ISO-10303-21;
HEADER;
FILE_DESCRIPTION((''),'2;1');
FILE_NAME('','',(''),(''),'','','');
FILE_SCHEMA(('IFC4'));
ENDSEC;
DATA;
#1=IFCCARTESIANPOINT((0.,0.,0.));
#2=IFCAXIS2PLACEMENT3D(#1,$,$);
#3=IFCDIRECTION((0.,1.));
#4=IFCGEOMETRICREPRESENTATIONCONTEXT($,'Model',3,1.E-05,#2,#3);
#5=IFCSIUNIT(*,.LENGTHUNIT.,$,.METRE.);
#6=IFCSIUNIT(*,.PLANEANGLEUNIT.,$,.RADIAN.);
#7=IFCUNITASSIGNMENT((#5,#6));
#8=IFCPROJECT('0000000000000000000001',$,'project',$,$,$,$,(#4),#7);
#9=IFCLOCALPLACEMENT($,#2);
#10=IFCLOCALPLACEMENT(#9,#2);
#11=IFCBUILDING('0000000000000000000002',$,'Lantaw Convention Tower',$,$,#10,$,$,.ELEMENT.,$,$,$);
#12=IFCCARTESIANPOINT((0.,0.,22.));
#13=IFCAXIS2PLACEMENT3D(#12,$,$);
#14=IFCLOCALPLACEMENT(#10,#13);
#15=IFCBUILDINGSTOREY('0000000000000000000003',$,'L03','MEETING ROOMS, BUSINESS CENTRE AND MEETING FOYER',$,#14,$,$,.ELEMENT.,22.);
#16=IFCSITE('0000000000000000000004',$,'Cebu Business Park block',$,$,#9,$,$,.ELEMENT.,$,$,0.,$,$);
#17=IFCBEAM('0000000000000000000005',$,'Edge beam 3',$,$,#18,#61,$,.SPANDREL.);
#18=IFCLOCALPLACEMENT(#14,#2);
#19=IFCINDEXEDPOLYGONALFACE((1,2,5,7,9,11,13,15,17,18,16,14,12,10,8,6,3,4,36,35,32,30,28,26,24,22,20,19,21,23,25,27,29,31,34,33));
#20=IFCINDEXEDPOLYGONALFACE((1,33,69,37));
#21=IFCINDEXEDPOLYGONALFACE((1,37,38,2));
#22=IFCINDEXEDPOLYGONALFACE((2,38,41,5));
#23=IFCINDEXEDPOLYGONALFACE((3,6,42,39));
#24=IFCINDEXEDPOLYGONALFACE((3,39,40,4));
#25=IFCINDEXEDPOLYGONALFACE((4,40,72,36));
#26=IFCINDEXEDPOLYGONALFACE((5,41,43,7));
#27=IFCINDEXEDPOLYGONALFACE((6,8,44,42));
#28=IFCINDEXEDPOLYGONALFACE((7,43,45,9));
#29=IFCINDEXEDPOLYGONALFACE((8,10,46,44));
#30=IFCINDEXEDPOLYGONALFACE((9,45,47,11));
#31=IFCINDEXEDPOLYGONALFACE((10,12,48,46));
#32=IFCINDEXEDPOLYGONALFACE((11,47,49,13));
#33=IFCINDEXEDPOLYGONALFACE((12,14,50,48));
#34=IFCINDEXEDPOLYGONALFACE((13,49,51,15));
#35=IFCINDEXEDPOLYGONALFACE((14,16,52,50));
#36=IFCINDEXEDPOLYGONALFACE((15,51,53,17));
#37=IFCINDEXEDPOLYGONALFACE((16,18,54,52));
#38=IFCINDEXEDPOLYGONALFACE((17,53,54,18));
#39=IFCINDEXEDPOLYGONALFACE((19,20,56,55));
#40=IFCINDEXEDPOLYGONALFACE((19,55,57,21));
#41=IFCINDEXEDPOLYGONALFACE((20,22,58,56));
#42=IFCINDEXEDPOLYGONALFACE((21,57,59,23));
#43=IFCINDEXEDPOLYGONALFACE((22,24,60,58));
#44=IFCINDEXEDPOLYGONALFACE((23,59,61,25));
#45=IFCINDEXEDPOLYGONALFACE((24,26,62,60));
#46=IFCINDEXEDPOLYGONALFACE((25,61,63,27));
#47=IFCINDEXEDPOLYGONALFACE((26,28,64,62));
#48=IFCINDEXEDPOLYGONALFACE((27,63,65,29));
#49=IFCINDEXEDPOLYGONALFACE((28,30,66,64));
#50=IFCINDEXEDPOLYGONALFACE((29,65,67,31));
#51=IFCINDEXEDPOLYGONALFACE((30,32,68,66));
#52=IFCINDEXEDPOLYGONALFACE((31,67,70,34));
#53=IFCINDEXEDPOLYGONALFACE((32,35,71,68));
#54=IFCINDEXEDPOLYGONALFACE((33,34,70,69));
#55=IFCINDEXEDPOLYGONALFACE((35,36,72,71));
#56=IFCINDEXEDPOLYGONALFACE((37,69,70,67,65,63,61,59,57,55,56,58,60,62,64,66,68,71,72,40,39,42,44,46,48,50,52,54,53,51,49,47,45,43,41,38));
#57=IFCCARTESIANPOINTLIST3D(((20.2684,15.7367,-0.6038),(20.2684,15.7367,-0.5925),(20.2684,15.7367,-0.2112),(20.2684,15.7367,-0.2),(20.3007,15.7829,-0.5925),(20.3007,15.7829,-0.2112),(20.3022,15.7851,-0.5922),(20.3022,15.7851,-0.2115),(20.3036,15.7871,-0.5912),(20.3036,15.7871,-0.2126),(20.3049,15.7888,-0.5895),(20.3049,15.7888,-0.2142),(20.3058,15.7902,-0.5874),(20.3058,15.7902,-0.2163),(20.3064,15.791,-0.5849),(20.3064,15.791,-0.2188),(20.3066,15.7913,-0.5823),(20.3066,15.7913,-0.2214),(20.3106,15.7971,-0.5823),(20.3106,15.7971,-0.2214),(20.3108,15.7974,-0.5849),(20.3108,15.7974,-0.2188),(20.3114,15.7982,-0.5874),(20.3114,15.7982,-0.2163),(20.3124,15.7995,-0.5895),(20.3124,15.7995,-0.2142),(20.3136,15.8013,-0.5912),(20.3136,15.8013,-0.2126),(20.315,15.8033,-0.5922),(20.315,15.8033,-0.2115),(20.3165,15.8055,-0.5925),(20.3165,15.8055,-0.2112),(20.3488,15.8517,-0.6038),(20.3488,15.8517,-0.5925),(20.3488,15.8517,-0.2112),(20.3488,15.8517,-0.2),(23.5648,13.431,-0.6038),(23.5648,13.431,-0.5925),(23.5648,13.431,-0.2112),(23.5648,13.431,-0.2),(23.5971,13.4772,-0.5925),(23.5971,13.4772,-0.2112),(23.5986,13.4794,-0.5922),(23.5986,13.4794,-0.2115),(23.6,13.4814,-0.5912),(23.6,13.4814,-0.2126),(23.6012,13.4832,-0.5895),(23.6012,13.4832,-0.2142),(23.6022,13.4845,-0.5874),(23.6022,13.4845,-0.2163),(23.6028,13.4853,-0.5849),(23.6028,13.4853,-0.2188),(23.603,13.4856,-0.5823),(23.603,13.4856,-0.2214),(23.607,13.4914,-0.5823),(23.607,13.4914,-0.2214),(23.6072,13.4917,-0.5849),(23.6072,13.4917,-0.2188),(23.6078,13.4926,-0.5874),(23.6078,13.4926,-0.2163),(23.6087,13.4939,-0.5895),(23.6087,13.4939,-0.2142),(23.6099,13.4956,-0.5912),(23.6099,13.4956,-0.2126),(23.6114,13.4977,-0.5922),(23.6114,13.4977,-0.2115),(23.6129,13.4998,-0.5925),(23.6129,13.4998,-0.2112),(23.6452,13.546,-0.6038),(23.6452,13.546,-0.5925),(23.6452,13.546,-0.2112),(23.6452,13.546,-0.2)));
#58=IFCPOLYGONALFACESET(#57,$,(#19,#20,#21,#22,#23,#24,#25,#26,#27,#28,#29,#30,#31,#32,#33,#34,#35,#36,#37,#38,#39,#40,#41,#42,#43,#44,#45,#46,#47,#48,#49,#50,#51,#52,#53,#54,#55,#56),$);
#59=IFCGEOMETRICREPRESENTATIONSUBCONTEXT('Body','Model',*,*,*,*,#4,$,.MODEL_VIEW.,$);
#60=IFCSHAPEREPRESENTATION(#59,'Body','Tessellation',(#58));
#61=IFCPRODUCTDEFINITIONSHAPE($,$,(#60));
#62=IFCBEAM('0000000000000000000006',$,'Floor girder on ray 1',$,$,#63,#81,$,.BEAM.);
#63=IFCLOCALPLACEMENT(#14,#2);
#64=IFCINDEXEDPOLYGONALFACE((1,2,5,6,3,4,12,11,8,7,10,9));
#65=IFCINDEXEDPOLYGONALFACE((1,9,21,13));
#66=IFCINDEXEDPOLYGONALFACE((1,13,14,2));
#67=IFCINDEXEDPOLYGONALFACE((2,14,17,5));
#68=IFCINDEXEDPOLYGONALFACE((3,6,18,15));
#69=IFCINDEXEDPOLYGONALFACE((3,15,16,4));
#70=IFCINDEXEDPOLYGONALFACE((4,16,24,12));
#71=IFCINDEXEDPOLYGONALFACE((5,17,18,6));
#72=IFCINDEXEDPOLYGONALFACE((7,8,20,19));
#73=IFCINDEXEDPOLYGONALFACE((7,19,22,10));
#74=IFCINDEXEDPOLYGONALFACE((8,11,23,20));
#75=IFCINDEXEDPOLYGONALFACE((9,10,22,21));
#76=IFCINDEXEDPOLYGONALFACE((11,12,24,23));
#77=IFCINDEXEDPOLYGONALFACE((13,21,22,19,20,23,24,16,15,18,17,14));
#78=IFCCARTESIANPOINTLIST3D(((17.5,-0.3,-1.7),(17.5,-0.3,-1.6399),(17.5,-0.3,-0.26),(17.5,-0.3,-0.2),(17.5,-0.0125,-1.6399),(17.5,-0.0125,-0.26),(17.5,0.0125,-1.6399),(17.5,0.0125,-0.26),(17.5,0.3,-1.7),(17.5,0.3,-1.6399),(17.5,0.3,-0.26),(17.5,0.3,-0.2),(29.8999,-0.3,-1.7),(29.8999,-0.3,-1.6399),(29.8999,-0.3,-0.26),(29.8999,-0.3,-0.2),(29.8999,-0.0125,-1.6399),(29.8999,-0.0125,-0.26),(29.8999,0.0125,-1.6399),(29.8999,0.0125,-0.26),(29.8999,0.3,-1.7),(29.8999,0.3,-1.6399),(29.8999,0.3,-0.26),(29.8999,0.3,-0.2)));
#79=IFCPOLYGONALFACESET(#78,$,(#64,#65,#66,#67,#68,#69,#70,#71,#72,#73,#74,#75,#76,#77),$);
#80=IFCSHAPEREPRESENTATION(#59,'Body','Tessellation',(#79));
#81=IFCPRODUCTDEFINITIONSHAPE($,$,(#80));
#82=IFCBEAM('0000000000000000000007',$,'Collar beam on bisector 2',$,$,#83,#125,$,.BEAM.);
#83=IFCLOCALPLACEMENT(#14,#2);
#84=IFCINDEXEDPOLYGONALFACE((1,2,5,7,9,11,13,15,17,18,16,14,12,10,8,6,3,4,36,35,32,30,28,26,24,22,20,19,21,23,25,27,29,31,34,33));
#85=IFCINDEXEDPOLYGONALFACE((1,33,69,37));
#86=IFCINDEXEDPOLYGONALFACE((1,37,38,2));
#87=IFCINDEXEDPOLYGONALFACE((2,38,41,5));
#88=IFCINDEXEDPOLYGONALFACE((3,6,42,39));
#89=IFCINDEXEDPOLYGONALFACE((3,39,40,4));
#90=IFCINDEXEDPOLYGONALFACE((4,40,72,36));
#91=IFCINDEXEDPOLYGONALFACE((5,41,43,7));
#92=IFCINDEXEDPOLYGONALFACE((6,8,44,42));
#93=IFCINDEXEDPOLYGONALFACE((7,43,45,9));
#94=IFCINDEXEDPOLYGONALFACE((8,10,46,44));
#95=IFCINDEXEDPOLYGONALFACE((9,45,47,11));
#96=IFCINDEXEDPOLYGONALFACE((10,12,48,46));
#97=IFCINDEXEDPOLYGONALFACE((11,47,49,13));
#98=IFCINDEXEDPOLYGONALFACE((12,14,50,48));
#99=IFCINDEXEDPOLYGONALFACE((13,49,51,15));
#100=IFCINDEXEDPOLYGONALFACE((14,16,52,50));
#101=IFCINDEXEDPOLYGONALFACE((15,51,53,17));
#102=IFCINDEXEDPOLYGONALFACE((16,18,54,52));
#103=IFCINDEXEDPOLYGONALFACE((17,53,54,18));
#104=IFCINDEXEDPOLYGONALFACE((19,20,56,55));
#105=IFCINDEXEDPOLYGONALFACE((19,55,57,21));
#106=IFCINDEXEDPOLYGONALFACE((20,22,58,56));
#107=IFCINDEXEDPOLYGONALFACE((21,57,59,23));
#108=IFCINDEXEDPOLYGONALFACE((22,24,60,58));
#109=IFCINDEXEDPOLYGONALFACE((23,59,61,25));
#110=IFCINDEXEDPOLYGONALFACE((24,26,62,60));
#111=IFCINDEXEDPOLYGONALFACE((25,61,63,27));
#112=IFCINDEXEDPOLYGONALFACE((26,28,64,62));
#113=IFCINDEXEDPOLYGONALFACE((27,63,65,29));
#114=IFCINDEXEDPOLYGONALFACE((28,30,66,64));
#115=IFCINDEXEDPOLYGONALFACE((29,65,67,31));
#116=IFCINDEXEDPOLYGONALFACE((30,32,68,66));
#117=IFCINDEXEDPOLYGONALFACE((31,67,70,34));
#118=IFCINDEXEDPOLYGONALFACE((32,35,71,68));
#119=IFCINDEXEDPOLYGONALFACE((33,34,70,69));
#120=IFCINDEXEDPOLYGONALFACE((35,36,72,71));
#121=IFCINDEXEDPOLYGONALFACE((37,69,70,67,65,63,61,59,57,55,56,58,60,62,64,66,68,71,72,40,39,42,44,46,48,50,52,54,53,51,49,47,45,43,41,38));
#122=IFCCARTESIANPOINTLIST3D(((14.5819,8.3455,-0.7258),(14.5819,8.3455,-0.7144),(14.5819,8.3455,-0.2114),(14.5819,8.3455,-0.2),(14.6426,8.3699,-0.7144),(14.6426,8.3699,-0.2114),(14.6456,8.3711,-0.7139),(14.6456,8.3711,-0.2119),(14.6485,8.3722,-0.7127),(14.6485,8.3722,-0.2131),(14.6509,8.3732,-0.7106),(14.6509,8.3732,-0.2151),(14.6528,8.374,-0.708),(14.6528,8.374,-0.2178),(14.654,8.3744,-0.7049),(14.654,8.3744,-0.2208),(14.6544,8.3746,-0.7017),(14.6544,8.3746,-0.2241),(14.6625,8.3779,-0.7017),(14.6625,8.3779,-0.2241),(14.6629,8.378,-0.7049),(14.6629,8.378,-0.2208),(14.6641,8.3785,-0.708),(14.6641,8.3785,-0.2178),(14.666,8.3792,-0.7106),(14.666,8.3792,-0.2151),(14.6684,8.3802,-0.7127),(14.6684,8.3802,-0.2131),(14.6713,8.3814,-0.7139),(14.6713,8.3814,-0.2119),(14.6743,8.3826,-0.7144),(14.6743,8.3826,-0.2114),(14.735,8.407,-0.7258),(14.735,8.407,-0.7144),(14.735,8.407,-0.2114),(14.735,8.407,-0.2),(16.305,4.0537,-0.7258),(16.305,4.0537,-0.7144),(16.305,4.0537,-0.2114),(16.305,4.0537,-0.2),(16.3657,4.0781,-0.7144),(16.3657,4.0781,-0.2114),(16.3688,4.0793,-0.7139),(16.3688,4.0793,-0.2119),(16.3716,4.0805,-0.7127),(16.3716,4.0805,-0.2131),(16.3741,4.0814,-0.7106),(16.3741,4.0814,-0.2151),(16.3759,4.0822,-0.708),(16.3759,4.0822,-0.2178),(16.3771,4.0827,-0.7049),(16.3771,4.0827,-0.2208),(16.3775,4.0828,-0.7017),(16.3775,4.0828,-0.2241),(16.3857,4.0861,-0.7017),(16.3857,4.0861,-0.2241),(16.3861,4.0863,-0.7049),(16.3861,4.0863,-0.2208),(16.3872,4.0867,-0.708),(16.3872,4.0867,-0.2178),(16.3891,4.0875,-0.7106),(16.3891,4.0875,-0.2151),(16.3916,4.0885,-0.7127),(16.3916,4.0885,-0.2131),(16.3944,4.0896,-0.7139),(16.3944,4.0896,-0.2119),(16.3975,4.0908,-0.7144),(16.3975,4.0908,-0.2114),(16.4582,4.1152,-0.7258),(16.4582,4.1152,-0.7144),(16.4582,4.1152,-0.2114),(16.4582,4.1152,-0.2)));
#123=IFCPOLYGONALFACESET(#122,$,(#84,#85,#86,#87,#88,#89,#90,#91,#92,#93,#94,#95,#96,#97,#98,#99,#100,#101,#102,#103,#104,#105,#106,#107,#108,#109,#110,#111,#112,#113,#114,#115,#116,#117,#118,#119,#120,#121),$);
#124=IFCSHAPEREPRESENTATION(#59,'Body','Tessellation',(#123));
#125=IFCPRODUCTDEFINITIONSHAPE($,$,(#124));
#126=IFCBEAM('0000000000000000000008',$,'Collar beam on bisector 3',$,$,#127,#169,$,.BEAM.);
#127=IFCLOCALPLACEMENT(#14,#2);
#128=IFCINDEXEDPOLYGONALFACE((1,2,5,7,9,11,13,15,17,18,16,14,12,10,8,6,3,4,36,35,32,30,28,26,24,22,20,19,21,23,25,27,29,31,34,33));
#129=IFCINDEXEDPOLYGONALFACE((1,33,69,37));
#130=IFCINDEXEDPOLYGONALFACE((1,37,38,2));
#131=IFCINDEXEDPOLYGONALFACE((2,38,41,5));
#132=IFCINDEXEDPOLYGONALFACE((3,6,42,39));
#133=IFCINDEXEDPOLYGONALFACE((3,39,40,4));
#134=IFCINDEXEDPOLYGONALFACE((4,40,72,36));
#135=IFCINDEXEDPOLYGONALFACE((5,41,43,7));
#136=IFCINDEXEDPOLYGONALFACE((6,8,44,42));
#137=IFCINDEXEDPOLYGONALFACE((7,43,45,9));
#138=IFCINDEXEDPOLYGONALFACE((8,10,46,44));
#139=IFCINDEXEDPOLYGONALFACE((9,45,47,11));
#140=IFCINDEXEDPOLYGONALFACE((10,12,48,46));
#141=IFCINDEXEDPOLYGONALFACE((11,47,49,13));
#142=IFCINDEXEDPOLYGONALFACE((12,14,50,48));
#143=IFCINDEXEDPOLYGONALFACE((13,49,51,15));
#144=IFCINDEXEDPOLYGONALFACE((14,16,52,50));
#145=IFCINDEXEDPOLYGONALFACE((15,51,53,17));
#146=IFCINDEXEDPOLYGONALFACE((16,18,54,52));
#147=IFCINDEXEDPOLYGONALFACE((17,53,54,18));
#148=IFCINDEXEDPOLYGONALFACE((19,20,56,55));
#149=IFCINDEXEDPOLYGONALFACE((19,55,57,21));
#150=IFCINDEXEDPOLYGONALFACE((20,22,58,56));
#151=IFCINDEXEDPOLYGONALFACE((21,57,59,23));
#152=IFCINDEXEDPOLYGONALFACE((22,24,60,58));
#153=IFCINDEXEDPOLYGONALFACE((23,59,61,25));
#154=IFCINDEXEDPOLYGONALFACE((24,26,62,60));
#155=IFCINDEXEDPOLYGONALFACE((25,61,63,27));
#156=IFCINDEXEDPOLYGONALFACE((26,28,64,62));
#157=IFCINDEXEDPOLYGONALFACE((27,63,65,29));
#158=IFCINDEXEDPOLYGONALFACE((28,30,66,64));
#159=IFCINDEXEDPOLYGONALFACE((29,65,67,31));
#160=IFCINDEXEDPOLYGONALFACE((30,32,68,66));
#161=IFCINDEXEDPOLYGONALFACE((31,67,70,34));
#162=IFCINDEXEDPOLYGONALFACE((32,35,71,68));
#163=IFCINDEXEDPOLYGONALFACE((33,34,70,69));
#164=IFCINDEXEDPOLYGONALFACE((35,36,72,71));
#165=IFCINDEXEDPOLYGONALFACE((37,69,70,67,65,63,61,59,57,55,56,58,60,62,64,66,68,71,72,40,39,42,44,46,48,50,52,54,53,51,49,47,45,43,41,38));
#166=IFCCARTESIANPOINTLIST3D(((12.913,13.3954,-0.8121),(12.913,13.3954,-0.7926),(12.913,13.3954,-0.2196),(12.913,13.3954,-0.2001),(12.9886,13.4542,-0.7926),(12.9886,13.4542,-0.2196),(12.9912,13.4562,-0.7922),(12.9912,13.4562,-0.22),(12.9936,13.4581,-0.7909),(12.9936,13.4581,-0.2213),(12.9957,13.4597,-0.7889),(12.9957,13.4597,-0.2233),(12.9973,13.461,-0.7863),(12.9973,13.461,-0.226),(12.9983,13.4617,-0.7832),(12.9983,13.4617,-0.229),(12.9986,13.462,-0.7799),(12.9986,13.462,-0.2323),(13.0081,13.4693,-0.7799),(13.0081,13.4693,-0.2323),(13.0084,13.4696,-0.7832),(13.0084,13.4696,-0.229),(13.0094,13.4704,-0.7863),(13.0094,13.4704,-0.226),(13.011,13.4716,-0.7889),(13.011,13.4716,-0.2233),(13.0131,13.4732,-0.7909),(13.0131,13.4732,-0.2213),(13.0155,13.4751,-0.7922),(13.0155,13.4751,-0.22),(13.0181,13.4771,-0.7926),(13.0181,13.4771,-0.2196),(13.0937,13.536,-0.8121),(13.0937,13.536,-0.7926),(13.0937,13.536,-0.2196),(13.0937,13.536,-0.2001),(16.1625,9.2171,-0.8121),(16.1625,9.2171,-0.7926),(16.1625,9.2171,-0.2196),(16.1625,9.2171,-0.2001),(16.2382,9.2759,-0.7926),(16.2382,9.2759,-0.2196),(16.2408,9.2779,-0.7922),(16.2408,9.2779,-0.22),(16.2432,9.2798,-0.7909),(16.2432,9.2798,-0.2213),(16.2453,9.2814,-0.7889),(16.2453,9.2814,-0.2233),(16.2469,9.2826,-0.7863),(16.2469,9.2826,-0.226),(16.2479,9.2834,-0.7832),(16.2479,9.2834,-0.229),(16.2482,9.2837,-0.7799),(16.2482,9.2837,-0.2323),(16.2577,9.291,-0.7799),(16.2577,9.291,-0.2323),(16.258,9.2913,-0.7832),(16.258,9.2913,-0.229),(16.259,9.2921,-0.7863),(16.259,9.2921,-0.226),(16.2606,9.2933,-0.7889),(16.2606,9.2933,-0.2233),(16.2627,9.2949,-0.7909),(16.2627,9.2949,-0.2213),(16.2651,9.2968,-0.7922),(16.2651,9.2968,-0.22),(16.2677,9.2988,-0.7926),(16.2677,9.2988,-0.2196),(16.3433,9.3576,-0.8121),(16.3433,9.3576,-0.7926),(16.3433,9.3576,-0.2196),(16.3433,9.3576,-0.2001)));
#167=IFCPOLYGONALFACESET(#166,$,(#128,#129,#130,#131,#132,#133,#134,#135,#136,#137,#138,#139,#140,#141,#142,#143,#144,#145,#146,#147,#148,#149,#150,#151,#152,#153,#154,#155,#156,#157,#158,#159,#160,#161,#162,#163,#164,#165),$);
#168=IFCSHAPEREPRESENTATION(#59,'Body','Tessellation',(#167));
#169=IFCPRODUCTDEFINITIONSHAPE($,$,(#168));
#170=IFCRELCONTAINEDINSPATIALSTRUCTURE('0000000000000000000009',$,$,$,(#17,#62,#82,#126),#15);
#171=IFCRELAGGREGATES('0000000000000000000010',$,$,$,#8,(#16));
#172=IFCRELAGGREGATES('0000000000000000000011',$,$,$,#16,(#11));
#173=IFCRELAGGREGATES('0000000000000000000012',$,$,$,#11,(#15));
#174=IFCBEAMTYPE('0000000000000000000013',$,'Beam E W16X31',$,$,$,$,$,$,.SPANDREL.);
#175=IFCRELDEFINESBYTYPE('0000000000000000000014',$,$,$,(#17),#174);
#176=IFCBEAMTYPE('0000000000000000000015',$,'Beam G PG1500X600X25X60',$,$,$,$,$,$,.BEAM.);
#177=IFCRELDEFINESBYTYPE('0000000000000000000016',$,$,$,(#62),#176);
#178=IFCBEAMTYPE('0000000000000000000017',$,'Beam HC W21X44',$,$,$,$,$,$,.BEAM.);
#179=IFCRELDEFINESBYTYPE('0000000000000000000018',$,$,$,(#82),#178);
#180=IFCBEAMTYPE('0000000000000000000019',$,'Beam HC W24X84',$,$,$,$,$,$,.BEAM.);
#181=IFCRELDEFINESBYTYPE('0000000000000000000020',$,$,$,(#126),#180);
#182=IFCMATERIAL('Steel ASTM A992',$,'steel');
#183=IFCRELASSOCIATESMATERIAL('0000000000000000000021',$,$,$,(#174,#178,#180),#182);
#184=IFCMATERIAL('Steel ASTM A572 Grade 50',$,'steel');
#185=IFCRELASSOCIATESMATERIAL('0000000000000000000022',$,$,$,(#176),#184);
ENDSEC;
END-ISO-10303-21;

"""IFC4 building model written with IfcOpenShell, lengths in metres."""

from ifc_helpers import new_model, si_unit, direction, frame, origin, origin_2d, place, context, subcontext, project, spatial, i_section, extrude, material, material_profile, profile_set, type_object, element, save


model = new_model("IFC4")

# Units and contexts
model_context = context("Model", 3, precision=1e-05, world=origin(), true_north=direction((0.0, 1.0)))
body_context = subcontext(model_context, "Body", "Model", "MODEL_VIEW")
ifc_project = project(units=[si_unit("LENGTHUNIT", "METRE"), si_unit("PLANEANGLEUNIT", "RADIAN")], contexts=[model_context])

# Site, building, storey
site_placement = place(None, origin())
site = spatial("IfcSite", under=ifc_project, at=site_placement, Name="Cebu Business Park block", CompositionType="ELEMENT", RefElevation=0.0)
building_placement = place(site_placement, origin())
building = spatial("IfcBuilding", under=site, at=building_placement, Name="Lantaw Convention Tower", CompositionType="ELEMENT")
storey_placement = place(building_placement, frame((0.0, 0.0, 22.0)))
storey = spatial("IfcBuildingStorey", under=building, at=storey_placement, Name="L03", Description="MEETING ROOMS, BUSINESS CENTRE AND MEETING FOYER", CompositionType="ELEMENT", Elevation=22.0)

# Shared definitions
ifc_material_1 = material(Name="Steel ASTM A572 Grade 50", Category="steel")

# Beams
ifc_material_2 = material(Name="Steel ASTM A992", Category="steel")
ifc_material_profile_1 = material_profile(ifc_material_2, i_section(OverallWidth=0.1404, OverallDepth=0.4038, WebThickness=0.0071, FlangeThickness=0.0112, FilletRadius=0.0103, at=origin_2d()), Name="W16X31")
ifc_profile_set_1 = profile_set([ifc_material_profile_1], Name="Steel ASTM A992")
beam_type_1 = type_object("IfcBeamType", Name="Beam E W16X31", PredefinedType="SPANDREL", material=ifc_profile_set_1)
beam_1_placement = place(storey_placement, frame((23.605, 13.4885, -0.4019), z_axis=(-0.819443, 0.573161, 0.0), x_axis=(-0.573161, -0.819443, 0.0)))
element("IfcBeam", 1, at=beam_1_placement, inside=storey, type_object=beam_type_1, Name="Edge beam 3", PredefinedType="SPANDREL", context=body_context, shape_type="SweptSolid", body=[
    extrude(i_section(OverallWidth=0.1404, OverallDepth=0.4038, WebThickness=0.0071, FlangeThickness=0.0112, FilletRadius=0.0103, at=origin_2d()), origin(), (0.0, 0.0, 1.0), 4.0227),
])
ifc_material_profile_2 = material_profile(ifc_material_1, i_section(OverallWidth=0.6001, OverallDepth=1.5, WebThickness=0.0249, FlangeThickness=0.0601, at=origin_2d()), Name="PG1500X600X25X60")
ifc_profile_set_2 = profile_set([ifc_material_profile_2], Name="Steel ASTM A572 Grade 50")
beam_type_2 = type_object("IfcBeamType", Name="Beam G PG1500X600X25X60", PredefinedType="BEAM", material=ifc_profile_set_2)
beam_2_placement = place(storey_placement, frame((17.5, 0.0, -0.95), z_axis=(1.0, 0.0, 0.0), x_axis=(0.0, 1.0, 0.0)))
element("IfcBeam", 2, at=beam_2_placement, inside=storey, type_object=beam_type_2, Name="Floor girder on ray 1", PredefinedType="BEAM", context=body_context, shape_type="SweptSolid", body=[
    extrude(i_section(OverallWidth=0.6001, OverallDepth=1.5, WebThickness=0.0249, FlangeThickness=0.0601, at=origin_2d()), origin(), (0.0, 0.0, 1.0), 12.3999),
])
ifc_material_profile_3 = material_profile(ifc_material_2, i_section(OverallWidth=0.165, OverallDepth=0.5259, WebThickness=0.0088, FlangeThickness=0.0115, FilletRadius=0.0127, at=origin_2d()), Name="W21X44")
ifc_profile_set_3 = profile_set([ifc_material_profile_3], Name="Steel ASTM A992")
beam_type_3 = type_object("IfcBeamType", Name="Beam HC W21X44", PredefinedType="BEAM", material=ifc_profile_set_3)
beam_3_placement = place(storey_placement, frame((16.3816, 4.0845, -0.4629), z_axis=(-0.372592, 0.927995, 0.0), x_axis=(-0.927995, -0.372592, 0.0)))
element("IfcBeam", 3, at=beam_3_placement, inside=storey, type_object=beam_type_3, Name="Collar beam on bisector 2", PredefinedType="BEAM", context=body_context, shape_type="SweptSolid", body=[
    extrude(i_section(OverallWidth=0.165, OverallDepth=0.5259, WebThickness=0.0088, FlangeThickness=0.0115, FilletRadius=0.0127, at=origin_2d()), origin(), (0.0, 0.0, 1.0), 4.6248),
])
ifc_material_profile_4 = material_profile(ifc_material_2, i_section(OverallWidth=0.229, OverallDepth=0.6121, WebThickness=0.012, FlangeThickness=0.0195, FilletRadius=0.0127, at=origin_2d()), Name="W24X84")
ifc_profile_set_4 = profile_set([ifc_material_profile_4], Name="Steel ASTM A992")
beam_type_4 = type_object("IfcBeamType", Name="Beam HC W24X84", PredefinedType="BEAM", material=ifc_profile_set_4)
beam_4_placement = place(storey_placement, frame((16.2529, 9.2874, -0.5061), z_axis=(-0.613915, 0.789372, 0.0), x_axis=(-0.789372, -0.613915, 0.0)))
element("IfcBeam", 4, at=beam_4_placement, inside=storey, type_object=beam_type_4, Name="Collar beam on bisector 3", PredefinedType="BEAM", context=body_context, shape_type="SweptSolid", body=[
    extrude(i_section(OverallWidth=0.229, OverallDepth=0.6121, WebThickness=0.012, FlangeThickness=0.0195, FilletRadius=0.0127, at=origin_2d()), origin(), (0.0, 0.0, 1.0), 5.2932),
])

save(model, "model.ifc")
